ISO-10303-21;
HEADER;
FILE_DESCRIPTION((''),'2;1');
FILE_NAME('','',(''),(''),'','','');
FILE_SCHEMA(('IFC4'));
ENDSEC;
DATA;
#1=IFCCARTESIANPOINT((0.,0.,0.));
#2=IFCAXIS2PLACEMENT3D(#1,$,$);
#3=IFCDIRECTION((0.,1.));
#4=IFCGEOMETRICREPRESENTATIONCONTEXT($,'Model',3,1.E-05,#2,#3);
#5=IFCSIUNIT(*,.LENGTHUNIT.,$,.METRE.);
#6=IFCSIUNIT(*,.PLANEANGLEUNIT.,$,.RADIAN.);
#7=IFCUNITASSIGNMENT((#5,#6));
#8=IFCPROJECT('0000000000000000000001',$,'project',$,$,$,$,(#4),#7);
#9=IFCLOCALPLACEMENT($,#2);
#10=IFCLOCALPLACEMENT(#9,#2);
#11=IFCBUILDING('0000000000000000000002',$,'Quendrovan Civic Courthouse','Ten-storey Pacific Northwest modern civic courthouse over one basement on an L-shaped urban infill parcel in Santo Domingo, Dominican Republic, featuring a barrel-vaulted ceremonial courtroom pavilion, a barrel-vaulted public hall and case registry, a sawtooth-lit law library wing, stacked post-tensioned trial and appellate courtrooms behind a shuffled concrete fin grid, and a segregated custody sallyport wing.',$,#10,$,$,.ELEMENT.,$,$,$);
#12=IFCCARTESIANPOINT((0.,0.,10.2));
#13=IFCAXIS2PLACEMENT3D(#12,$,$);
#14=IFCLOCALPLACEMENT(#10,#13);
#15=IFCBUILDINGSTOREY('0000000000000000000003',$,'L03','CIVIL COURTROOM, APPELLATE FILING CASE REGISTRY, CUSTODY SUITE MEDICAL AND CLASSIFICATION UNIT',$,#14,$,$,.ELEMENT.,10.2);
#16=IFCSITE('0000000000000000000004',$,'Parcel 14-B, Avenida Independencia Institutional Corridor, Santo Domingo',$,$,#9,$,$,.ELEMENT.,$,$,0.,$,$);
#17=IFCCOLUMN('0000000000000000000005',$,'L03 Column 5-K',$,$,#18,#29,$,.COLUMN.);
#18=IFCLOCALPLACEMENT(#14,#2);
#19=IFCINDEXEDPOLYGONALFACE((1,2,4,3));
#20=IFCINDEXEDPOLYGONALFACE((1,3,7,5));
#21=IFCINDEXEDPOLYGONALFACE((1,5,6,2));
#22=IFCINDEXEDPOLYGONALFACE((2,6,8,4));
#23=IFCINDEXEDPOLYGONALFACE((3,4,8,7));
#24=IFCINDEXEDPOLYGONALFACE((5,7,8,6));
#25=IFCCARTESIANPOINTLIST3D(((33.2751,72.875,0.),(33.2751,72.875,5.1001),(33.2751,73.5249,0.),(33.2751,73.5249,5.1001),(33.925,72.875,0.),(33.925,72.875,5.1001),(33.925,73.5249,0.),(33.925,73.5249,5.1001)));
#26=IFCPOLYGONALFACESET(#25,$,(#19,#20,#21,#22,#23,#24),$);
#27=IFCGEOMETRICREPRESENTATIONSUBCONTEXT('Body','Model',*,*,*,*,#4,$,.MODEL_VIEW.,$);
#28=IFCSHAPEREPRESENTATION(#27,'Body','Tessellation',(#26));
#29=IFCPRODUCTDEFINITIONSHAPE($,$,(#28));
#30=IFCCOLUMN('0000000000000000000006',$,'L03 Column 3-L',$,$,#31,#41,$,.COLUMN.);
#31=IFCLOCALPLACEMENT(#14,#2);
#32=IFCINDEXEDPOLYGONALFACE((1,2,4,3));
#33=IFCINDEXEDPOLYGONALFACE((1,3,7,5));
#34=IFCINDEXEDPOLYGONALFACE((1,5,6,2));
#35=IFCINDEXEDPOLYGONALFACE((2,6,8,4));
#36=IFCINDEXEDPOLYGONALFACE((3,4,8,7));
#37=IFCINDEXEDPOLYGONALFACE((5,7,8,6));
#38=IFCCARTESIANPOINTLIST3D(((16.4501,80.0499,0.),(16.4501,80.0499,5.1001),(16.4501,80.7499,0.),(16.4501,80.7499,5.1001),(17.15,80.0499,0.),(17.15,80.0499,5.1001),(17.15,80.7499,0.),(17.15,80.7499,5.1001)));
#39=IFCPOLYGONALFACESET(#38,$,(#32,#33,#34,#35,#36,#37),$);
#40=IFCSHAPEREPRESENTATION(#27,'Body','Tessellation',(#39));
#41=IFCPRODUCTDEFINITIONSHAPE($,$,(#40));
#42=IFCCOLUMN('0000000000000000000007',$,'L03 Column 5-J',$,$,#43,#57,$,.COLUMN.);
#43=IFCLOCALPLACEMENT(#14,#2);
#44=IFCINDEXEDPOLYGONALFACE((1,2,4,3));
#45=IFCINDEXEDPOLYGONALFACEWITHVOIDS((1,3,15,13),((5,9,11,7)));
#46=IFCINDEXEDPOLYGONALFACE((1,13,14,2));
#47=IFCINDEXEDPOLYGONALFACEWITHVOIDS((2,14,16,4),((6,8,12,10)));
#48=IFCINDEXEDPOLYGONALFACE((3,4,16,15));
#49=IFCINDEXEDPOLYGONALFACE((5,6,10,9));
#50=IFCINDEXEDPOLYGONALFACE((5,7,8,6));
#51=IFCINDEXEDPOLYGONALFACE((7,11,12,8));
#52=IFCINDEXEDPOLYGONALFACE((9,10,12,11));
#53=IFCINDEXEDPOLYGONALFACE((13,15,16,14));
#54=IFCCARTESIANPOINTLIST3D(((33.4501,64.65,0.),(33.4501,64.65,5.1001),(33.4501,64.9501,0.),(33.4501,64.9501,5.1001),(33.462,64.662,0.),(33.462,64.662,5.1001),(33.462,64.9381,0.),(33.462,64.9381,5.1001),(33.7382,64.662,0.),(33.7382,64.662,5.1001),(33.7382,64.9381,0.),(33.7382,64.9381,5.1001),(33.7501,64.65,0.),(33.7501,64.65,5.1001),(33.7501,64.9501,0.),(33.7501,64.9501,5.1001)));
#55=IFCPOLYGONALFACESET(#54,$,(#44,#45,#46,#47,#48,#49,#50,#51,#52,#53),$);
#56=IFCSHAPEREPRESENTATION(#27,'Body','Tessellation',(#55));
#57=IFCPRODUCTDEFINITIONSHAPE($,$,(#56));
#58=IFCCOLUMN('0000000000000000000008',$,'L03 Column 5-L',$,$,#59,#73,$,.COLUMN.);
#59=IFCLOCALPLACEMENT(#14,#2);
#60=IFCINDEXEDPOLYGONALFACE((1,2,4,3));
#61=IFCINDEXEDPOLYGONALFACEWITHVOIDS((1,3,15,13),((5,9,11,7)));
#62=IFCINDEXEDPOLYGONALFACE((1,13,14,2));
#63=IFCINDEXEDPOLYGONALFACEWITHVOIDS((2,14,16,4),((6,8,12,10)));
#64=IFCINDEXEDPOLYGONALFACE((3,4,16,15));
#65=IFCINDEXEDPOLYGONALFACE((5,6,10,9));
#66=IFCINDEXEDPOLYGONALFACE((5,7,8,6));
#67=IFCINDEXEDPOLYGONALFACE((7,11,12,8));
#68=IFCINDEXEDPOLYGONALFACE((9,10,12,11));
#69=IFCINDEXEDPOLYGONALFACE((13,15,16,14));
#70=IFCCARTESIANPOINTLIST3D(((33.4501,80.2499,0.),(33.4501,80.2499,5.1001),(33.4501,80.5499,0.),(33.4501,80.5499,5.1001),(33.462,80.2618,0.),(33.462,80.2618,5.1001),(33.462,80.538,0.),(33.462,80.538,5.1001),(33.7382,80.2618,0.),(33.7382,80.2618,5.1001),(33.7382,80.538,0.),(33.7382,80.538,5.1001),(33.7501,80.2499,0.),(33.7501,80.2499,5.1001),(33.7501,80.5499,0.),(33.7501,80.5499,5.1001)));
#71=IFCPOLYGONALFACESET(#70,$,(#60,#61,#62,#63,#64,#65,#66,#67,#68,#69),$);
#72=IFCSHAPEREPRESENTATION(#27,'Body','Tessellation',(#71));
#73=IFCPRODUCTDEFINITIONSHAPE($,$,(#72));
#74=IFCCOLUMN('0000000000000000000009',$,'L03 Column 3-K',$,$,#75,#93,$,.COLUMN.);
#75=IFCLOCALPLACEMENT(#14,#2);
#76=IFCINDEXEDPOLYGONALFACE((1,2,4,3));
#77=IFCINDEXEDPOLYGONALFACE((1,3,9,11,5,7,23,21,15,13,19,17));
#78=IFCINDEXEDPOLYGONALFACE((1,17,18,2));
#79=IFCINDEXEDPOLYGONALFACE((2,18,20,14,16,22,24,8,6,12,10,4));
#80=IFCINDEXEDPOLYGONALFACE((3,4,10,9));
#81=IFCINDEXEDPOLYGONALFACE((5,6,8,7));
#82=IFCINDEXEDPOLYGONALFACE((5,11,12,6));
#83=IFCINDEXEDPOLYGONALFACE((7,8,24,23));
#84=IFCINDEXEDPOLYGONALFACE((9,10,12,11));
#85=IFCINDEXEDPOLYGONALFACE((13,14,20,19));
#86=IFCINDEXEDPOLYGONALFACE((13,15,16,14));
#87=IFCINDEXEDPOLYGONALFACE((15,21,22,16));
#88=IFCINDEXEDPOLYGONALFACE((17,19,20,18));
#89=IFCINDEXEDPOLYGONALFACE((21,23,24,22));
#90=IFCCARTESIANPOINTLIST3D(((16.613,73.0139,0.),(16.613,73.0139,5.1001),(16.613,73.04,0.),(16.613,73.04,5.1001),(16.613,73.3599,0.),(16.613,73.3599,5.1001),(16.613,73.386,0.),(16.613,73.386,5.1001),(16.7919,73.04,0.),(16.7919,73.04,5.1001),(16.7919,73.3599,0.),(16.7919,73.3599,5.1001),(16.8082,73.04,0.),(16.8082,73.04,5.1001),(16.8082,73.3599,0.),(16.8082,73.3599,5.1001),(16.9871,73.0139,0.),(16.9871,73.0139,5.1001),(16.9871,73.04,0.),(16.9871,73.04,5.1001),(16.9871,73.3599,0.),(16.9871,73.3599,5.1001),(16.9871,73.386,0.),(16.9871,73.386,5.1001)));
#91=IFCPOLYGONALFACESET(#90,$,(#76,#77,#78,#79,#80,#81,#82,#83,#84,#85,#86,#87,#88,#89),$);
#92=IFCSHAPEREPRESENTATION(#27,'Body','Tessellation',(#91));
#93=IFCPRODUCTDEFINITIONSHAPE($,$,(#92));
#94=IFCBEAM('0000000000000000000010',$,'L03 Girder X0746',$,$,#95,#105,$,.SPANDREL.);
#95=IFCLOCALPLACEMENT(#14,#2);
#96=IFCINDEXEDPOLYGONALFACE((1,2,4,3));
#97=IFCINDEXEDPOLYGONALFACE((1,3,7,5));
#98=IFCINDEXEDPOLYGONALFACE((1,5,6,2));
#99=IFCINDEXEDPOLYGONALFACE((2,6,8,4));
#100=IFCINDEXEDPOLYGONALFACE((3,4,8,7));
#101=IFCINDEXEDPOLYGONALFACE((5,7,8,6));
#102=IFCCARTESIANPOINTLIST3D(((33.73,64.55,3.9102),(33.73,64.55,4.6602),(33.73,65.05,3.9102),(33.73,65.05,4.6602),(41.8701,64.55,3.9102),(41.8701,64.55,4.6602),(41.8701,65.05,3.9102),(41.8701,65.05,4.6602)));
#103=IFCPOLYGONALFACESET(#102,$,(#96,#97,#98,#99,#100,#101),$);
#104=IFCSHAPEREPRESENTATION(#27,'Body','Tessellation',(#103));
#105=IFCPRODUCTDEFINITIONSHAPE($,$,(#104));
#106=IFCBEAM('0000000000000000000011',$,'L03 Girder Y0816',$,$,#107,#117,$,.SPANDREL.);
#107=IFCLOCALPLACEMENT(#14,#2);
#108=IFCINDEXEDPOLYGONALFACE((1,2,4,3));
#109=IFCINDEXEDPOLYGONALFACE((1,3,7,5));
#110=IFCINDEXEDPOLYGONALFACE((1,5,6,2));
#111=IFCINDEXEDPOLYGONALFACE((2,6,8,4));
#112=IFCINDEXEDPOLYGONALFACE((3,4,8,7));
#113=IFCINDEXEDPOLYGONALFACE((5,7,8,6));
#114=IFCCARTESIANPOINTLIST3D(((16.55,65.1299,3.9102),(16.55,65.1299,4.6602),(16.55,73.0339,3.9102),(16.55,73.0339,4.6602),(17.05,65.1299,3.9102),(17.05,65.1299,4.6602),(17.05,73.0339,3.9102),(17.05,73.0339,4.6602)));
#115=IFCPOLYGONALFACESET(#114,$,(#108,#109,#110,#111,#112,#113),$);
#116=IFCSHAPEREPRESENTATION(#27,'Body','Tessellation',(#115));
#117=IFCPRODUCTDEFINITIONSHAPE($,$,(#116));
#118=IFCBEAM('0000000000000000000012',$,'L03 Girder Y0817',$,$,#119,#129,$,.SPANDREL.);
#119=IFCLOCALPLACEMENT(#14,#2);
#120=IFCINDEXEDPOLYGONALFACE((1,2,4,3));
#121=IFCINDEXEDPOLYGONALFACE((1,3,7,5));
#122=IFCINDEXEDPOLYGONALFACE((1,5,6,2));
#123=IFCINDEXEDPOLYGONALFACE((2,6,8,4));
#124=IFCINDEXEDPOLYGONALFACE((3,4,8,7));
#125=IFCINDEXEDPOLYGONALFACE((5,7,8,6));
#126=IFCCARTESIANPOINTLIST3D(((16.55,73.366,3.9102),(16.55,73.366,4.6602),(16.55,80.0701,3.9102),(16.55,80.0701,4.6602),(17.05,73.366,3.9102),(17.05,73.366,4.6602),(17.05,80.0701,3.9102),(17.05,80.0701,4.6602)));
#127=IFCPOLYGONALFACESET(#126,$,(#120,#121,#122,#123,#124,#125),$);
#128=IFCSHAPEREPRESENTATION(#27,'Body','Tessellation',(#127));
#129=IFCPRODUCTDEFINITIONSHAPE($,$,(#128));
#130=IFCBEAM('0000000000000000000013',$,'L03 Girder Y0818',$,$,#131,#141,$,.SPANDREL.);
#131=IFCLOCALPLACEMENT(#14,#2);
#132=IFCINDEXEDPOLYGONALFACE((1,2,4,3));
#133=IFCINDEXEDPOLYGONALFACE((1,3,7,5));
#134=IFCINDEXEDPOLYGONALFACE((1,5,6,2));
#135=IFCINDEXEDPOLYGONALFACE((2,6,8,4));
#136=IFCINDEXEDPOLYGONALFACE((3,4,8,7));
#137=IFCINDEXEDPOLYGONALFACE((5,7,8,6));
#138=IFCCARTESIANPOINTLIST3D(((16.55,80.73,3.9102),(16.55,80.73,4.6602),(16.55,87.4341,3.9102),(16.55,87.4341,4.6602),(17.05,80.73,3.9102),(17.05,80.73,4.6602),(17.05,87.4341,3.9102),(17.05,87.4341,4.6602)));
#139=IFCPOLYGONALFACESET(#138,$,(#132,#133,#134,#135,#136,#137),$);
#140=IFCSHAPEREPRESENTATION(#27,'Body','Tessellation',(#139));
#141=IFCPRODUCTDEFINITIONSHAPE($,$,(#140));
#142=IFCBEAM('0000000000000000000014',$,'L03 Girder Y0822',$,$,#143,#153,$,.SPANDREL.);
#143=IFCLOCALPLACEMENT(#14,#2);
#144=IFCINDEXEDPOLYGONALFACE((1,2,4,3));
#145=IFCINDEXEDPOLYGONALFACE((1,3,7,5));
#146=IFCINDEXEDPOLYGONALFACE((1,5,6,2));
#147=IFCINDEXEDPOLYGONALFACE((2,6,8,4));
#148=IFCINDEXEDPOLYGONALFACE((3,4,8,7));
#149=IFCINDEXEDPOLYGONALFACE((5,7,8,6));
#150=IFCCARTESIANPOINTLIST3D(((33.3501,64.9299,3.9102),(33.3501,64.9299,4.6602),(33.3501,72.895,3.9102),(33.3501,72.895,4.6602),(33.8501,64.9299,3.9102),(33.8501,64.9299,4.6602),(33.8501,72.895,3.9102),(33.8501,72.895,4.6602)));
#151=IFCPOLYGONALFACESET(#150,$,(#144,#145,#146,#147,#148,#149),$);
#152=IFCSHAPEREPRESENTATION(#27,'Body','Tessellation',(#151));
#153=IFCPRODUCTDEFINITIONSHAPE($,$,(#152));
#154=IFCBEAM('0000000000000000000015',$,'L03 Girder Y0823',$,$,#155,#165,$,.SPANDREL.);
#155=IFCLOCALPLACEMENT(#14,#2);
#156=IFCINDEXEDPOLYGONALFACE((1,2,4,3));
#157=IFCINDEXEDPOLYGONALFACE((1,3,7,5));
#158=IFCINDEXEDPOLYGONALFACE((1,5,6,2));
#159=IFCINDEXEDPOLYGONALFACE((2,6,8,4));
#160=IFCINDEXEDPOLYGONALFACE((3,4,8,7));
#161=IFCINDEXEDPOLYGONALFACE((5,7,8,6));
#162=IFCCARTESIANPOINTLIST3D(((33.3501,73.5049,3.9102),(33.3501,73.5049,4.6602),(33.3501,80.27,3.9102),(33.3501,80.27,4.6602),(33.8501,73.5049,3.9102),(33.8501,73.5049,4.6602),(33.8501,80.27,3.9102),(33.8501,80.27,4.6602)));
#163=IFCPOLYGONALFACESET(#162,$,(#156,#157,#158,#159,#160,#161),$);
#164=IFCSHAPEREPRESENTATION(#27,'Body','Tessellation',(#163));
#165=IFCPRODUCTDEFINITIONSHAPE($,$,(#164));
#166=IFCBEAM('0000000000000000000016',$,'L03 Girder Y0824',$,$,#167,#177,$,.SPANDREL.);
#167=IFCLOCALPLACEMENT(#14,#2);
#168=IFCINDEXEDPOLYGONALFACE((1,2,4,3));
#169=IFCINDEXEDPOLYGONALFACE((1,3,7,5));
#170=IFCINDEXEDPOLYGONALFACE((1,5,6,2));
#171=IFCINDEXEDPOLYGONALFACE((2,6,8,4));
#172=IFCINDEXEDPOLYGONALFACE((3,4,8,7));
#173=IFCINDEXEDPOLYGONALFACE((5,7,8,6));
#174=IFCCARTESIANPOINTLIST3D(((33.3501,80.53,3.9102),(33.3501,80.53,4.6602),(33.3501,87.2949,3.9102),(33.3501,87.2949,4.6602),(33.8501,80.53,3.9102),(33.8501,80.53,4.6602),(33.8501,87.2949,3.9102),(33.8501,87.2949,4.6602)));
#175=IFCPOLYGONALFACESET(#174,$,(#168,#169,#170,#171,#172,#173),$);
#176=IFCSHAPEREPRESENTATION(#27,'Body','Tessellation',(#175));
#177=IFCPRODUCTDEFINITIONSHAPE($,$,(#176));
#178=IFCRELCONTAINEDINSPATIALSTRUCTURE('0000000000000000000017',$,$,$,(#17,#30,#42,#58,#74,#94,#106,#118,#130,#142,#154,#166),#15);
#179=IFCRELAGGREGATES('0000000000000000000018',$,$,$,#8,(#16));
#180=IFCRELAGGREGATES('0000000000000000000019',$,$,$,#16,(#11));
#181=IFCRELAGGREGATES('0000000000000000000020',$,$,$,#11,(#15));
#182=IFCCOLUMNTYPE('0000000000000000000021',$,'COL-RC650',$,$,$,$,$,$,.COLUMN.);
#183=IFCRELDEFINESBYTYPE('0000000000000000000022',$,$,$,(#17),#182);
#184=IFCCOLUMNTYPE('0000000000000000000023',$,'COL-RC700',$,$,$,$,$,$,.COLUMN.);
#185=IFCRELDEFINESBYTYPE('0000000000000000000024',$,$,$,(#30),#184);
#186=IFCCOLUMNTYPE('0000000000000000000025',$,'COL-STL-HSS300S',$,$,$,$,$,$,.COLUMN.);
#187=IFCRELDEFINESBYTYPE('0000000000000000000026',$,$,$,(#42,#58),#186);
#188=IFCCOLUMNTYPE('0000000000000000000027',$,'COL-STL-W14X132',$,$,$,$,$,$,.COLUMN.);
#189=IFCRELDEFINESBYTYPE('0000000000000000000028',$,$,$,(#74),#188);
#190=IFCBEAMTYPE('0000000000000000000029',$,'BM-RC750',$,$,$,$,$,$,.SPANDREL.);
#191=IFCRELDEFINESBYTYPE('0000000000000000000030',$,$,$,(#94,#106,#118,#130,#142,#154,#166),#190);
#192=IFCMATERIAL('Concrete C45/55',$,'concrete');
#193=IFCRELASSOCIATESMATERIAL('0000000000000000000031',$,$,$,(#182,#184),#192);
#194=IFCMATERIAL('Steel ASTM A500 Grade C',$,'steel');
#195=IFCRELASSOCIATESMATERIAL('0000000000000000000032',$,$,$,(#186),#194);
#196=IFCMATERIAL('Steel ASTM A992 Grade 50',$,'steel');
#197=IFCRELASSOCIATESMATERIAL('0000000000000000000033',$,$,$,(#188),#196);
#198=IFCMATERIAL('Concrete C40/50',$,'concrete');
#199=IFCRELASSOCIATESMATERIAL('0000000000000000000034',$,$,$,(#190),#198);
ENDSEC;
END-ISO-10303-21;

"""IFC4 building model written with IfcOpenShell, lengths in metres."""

from ifc_helpers import new_model, si_unit, direction, frame, origin, origin_2d, place, context, subcontext, project, spatial, rectangle, hollow_rectangle, i_section, extrude, material, material_profile, profile_set, type_object, element, save


model = new_model("IFC4")

# Units and contexts
model_context = context("Model", 3, precision=1e-05, world=origin(), true_north=direction((0.0, 1.0)))
body_context = subcontext(model_context, "Body", "Model", "MODEL_VIEW")
ifc_project = project(units=[si_unit("LENGTHUNIT", "METRE"), si_unit("PLANEANGLEUNIT", "RADIAN")], contexts=[model_context])

# Site, building, storey
site_placement = place(None, origin())
site = spatial("IfcSite", under=ifc_project, at=site_placement, Name="Parcel 14-B, Avenida Independencia Institutional Corridor, Santo Domingo", CompositionType="ELEMENT", RefElevation=0.0)
building_placement = place(site_placement, origin())
building = spatial("IfcBuilding", under=site, at=building_placement, Name="Quendrovan Civic Courthouse", Description="Ten-storey Pacific Northwest modern civic courthouse over one basement on an L-shaped urban infill parcel in Santo Domingo, Dominican Republic, featuring a barrel-vaulted ceremonial courtroom pavilion, a barrel-vaulted public hall and case registry, a sawtooth-lit law library wing, stacked post-tensioned trial and appellate courtrooms behind a shuffled concrete fin grid, and a segregated custody sallyport wing.", CompositionType="ELEMENT")
storey_placement = place(building_placement, frame((0.0, 0.0, 10.2)))
storey = spatial("IfcBuildingStorey", under=building, at=storey_placement, Name="L03", Description="CIVIL COURTROOM, APPELLATE FILING CASE REGISTRY, CUSTODY SUITE MEDICAL AND CLASSIFICATION UNIT", CompositionType="ELEMENT", Elevation=10.2)

# Columns
ifc_material_1 = material(Name="Concrete C45/55", Category="concrete")
ifc_material_profile_1 = material_profile(ifc_material_1, rectangle(XDim=0.6499, YDim=0.6499, at=origin_2d()), Name="RC-COL-650x650")
ifc_profile_set_1 = profile_set([ifc_material_profile_1], Name="Concrete C45/55")
column_type_1 = type_object("IfcColumnType", Name="COL-RC650", PredefinedType="COLUMN", material=ifc_profile_set_1)
column_1_placement = place(storey_placement, frame((33.6001, 73.2, 0.0), z_axis=(0.0, 0.0, 1.0), x_axis=(1.0, 0.0, 0.0)))
element("IfcColumn", 1, at=column_1_placement, inside=storey, type_object=column_type_1, Name="L03 Column 5-K", PredefinedType="COLUMN", context=body_context, shape_type="SweptSolid", body=[
    extrude(rectangle(XDim=0.6499, YDim=0.6499, at=origin_2d()), origin(), (0.0, 0.0, 1.0), 5.1001),
])
ifc_material_profile_2 = material_profile(ifc_material_1, rectangle(XDim=0.7, YDim=0.7, at=origin_2d()), Name="RC-COL-700x700")
ifc_profile_set_2 = profile_set([ifc_material_profile_2], Name="Concrete C45/55")
column_type_2 = type_object("IfcColumnType", Name="COL-RC700", PredefinedType="COLUMN", material=ifc_profile_set_2)
column_2_placement = place(storey_placement, frame((16.8, 80.3999, 0.0), z_axis=(0.0, 0.0, 1.0), x_axis=(1.0, 0.0, 0.0)))
element("IfcColumn", 2, at=column_2_placement, inside=storey, type_object=column_type_2, Name="L03 Column 3-L", PredefinedType="COLUMN", context=body_context, shape_type="SweptSolid", body=[
    extrude(rectangle(XDim=0.7, YDim=0.7, at=origin_2d()), origin(), (0.0, 0.0, 1.0), 5.1001),
])
ifc_material_2 = material(Name="Steel ASTM A500 Grade C", Category="steel")
ifc_material_profile_3 = material_profile(ifc_material_2, hollow_rectangle(XDim=0.3, YDim=0.3, WallThickness=0.012, at=origin_2d()), Name="HSS300x300x12")
ifc_profile_set_3 = profile_set([ifc_material_profile_3], Name="Steel ASTM A500 Grade C")
column_type_3 = type_object("IfcColumnType", Name="COL-STL-HSS300S", PredefinedType="COLUMN", material=ifc_profile_set_3)
for number, where, z_axis, x_axis, name in (
    (3, (33.6001, 64.8, 0.0), (0.0, 0.0, 1.0), (1.0, 0.0, 0.0), "L03 Column 5-J"),
    (4, (33.6001, 80.3999, 0.0), (0.0, 0.0, 1.0), (1.0, 0.0, 0.0), "L03 Column 5-L"),
):
    element("IfcColumn", number, at=place(storey_placement, frame(where, z_axis=z_axis, x_axis=x_axis)), inside=storey, type_object=column_type_3, Name=name, PredefinedType="COLUMN", context=body_context, shape_type="SweptSolid", body=[
        extrude(hollow_rectangle(XDim=0.3, YDim=0.3, WallThickness=0.012, at=origin_2d()), origin(), (0.0, 0.0, 1.0), 5.1001),
    ])
ifc_material_3 = material(Name="Steel ASTM A992 Grade 50", Category="steel")
ifc_material_profile_4 = material_profile(ifc_material_3, i_section(OverallWidth=0.374, OverallDepth=0.3721, WebThickness=0.0164, FlangeThickness=0.0261, at=origin_2d()), Name="W14X132")
ifc_profile_set_4 = profile_set([ifc_material_profile_4], Name="Steel ASTM A992 Grade 50")
column_type_4 = type_object("IfcColumnType", Name="COL-STL-W14X132", PredefinedType="COLUMN", material=ifc_profile_set_4)
column_3_placement = place(storey_placement, frame((16.8, 73.2, 0.0), z_axis=(0.0, 0.0, 1.0), x_axis=(1.0, 0.0, 0.0)))
element("IfcColumn", 5, at=column_3_placement, inside=storey, type_object=column_type_4, Name="L03 Column 3-K", PredefinedType="COLUMN", context=body_context, shape_type="SweptSolid", body=[
    extrude(i_section(OverallWidth=0.374, OverallDepth=0.3721, WebThickness=0.0164, FlangeThickness=0.0261, at=origin_2d()), origin(), (0.0, 0.0, 1.0), 5.1001),
])

# Beams
ifc_material_4 = material(Name="Concrete C40/50", Category="concrete")
ifc_material_profile_5 = material_profile(ifc_material_4, rectangle(XDim=0.5, YDim=0.75, at=origin_2d()), Name="RC-BM-500x750")
ifc_profile_set_5 = profile_set([ifc_material_profile_5], Name="Concrete C40/50")
beam_type_1 = type_object("IfcBeamType", Name="BM-RC750", PredefinedType="SPANDREL", material=ifc_profile_set_5)
beam_1_placement = place(storey_placement, frame((33.73, 64.8, 4.2852), z_axis=(1.0, 0.0, 0.0), x_axis=(0.0, 1.0, 0.0)))
element("IfcBeam", 6, at=beam_1_placement, inside=storey, type_object=beam_type_1, Name="L03 Girder X0746", PredefinedType="SPANDREL", context=body_context, shape_type="SweptSolid", body=[
    extrude(rectangle(XDim=0.5, YDim=0.75, at=origin_2d()), origin(), (0.0, 0.0, 1.0), 8.1401),
])
beam_2_placement = place(storey_placement, frame((16.8, 65.1299, 4.2852), z_axis=(0.0, 1.0, 0.0), x_axis=(-1.0, 0.0, 0.0)))
element("IfcBeam", 7, at=beam_2_placement, inside=storey, type_object=beam_type_1, Name="L03 Girder Y0816", PredefinedType="SPANDREL", context=body_context, shape_type="SweptSolid", body=[
    extrude(rectangle(XDim=0.5, YDim=0.75, at=origin_2d()), origin(), (0.0, 0.0, 1.0), 7.9041),
])
for number, where, z_axis, x_axis, name in (
    (8, (16.8, 73.366, 4.2852), (0.0, 1.0, 0.0), (-1.0, 0.0, 0.0), "L03 Girder Y0817"),
    (9, (16.8, 80.73, 4.2852), (0.0, 1.0, 0.0), (-1.0, 0.0, 0.0), "L03 Girder Y0818"),
):
    element("IfcBeam", number, at=place(storey_placement, frame(where, z_axis=z_axis, x_axis=x_axis)), inside=storey, type_object=beam_type_1, Name=name, PredefinedType="SPANDREL", context=body_context, shape_type="SweptSolid", body=[
        extrude(rectangle(XDim=0.5, YDim=0.75, at=origin_2d()), origin(), (0.0, 0.0, 1.0), 6.7041),
    ])
beam_3_placement = place(storey_placement, frame((33.6001, 64.9299, 4.2852), z_axis=(0.0, 1.0, 0.0), x_axis=(-1.0, 0.0, 0.0)))
element("IfcBeam", 10, at=beam_3_placement, inside=storey, type_object=beam_type_1, Name="L03 Girder Y0822", PredefinedType="SPANDREL", context=body_context, shape_type="SweptSolid", body=[
    extrude(rectangle(XDim=0.5, YDim=0.75, at=origin_2d()), origin(), (0.0, 0.0, 1.0), 7.9651),
])
beam_4_placement = place(storey_placement, frame((33.6001, 73.5049, 4.2852), z_axis=(0.0, 1.0, 0.0), x_axis=(-1.0, 0.0, 0.0)))
element("IfcBeam", 11, at=beam_4_placement, inside=storey, type_object=beam_type_1, Name="L03 Girder Y0823", PredefinedType="SPANDREL", context=body_context, shape_type="SweptSolid", body=[
    extrude(rectangle(XDim=0.5, YDim=0.75, at=origin_2d()), origin(), (0.0, 0.0, 1.0), 6.7651),
])
beam_5_placement = place(storey_placement, frame((33.6001, 80.53, 4.2852), z_axis=(0.0, 1.0, 0.0), x_axis=(-1.0, 0.0, 0.0)))
element("IfcBeam", 12, at=beam_5_placement, inside=storey, type_object=beam_type_1, Name="L03 Girder Y0824", PredefinedType="SPANDREL", context=body_context, shape_type="SweptSolid", body=[
    extrude(rectangle(XDim=0.5, YDim=0.75, at=origin_2d()), origin(), (0.0, 0.0, 1.0), 6.7649),
])

save(model, "model.ifc")
